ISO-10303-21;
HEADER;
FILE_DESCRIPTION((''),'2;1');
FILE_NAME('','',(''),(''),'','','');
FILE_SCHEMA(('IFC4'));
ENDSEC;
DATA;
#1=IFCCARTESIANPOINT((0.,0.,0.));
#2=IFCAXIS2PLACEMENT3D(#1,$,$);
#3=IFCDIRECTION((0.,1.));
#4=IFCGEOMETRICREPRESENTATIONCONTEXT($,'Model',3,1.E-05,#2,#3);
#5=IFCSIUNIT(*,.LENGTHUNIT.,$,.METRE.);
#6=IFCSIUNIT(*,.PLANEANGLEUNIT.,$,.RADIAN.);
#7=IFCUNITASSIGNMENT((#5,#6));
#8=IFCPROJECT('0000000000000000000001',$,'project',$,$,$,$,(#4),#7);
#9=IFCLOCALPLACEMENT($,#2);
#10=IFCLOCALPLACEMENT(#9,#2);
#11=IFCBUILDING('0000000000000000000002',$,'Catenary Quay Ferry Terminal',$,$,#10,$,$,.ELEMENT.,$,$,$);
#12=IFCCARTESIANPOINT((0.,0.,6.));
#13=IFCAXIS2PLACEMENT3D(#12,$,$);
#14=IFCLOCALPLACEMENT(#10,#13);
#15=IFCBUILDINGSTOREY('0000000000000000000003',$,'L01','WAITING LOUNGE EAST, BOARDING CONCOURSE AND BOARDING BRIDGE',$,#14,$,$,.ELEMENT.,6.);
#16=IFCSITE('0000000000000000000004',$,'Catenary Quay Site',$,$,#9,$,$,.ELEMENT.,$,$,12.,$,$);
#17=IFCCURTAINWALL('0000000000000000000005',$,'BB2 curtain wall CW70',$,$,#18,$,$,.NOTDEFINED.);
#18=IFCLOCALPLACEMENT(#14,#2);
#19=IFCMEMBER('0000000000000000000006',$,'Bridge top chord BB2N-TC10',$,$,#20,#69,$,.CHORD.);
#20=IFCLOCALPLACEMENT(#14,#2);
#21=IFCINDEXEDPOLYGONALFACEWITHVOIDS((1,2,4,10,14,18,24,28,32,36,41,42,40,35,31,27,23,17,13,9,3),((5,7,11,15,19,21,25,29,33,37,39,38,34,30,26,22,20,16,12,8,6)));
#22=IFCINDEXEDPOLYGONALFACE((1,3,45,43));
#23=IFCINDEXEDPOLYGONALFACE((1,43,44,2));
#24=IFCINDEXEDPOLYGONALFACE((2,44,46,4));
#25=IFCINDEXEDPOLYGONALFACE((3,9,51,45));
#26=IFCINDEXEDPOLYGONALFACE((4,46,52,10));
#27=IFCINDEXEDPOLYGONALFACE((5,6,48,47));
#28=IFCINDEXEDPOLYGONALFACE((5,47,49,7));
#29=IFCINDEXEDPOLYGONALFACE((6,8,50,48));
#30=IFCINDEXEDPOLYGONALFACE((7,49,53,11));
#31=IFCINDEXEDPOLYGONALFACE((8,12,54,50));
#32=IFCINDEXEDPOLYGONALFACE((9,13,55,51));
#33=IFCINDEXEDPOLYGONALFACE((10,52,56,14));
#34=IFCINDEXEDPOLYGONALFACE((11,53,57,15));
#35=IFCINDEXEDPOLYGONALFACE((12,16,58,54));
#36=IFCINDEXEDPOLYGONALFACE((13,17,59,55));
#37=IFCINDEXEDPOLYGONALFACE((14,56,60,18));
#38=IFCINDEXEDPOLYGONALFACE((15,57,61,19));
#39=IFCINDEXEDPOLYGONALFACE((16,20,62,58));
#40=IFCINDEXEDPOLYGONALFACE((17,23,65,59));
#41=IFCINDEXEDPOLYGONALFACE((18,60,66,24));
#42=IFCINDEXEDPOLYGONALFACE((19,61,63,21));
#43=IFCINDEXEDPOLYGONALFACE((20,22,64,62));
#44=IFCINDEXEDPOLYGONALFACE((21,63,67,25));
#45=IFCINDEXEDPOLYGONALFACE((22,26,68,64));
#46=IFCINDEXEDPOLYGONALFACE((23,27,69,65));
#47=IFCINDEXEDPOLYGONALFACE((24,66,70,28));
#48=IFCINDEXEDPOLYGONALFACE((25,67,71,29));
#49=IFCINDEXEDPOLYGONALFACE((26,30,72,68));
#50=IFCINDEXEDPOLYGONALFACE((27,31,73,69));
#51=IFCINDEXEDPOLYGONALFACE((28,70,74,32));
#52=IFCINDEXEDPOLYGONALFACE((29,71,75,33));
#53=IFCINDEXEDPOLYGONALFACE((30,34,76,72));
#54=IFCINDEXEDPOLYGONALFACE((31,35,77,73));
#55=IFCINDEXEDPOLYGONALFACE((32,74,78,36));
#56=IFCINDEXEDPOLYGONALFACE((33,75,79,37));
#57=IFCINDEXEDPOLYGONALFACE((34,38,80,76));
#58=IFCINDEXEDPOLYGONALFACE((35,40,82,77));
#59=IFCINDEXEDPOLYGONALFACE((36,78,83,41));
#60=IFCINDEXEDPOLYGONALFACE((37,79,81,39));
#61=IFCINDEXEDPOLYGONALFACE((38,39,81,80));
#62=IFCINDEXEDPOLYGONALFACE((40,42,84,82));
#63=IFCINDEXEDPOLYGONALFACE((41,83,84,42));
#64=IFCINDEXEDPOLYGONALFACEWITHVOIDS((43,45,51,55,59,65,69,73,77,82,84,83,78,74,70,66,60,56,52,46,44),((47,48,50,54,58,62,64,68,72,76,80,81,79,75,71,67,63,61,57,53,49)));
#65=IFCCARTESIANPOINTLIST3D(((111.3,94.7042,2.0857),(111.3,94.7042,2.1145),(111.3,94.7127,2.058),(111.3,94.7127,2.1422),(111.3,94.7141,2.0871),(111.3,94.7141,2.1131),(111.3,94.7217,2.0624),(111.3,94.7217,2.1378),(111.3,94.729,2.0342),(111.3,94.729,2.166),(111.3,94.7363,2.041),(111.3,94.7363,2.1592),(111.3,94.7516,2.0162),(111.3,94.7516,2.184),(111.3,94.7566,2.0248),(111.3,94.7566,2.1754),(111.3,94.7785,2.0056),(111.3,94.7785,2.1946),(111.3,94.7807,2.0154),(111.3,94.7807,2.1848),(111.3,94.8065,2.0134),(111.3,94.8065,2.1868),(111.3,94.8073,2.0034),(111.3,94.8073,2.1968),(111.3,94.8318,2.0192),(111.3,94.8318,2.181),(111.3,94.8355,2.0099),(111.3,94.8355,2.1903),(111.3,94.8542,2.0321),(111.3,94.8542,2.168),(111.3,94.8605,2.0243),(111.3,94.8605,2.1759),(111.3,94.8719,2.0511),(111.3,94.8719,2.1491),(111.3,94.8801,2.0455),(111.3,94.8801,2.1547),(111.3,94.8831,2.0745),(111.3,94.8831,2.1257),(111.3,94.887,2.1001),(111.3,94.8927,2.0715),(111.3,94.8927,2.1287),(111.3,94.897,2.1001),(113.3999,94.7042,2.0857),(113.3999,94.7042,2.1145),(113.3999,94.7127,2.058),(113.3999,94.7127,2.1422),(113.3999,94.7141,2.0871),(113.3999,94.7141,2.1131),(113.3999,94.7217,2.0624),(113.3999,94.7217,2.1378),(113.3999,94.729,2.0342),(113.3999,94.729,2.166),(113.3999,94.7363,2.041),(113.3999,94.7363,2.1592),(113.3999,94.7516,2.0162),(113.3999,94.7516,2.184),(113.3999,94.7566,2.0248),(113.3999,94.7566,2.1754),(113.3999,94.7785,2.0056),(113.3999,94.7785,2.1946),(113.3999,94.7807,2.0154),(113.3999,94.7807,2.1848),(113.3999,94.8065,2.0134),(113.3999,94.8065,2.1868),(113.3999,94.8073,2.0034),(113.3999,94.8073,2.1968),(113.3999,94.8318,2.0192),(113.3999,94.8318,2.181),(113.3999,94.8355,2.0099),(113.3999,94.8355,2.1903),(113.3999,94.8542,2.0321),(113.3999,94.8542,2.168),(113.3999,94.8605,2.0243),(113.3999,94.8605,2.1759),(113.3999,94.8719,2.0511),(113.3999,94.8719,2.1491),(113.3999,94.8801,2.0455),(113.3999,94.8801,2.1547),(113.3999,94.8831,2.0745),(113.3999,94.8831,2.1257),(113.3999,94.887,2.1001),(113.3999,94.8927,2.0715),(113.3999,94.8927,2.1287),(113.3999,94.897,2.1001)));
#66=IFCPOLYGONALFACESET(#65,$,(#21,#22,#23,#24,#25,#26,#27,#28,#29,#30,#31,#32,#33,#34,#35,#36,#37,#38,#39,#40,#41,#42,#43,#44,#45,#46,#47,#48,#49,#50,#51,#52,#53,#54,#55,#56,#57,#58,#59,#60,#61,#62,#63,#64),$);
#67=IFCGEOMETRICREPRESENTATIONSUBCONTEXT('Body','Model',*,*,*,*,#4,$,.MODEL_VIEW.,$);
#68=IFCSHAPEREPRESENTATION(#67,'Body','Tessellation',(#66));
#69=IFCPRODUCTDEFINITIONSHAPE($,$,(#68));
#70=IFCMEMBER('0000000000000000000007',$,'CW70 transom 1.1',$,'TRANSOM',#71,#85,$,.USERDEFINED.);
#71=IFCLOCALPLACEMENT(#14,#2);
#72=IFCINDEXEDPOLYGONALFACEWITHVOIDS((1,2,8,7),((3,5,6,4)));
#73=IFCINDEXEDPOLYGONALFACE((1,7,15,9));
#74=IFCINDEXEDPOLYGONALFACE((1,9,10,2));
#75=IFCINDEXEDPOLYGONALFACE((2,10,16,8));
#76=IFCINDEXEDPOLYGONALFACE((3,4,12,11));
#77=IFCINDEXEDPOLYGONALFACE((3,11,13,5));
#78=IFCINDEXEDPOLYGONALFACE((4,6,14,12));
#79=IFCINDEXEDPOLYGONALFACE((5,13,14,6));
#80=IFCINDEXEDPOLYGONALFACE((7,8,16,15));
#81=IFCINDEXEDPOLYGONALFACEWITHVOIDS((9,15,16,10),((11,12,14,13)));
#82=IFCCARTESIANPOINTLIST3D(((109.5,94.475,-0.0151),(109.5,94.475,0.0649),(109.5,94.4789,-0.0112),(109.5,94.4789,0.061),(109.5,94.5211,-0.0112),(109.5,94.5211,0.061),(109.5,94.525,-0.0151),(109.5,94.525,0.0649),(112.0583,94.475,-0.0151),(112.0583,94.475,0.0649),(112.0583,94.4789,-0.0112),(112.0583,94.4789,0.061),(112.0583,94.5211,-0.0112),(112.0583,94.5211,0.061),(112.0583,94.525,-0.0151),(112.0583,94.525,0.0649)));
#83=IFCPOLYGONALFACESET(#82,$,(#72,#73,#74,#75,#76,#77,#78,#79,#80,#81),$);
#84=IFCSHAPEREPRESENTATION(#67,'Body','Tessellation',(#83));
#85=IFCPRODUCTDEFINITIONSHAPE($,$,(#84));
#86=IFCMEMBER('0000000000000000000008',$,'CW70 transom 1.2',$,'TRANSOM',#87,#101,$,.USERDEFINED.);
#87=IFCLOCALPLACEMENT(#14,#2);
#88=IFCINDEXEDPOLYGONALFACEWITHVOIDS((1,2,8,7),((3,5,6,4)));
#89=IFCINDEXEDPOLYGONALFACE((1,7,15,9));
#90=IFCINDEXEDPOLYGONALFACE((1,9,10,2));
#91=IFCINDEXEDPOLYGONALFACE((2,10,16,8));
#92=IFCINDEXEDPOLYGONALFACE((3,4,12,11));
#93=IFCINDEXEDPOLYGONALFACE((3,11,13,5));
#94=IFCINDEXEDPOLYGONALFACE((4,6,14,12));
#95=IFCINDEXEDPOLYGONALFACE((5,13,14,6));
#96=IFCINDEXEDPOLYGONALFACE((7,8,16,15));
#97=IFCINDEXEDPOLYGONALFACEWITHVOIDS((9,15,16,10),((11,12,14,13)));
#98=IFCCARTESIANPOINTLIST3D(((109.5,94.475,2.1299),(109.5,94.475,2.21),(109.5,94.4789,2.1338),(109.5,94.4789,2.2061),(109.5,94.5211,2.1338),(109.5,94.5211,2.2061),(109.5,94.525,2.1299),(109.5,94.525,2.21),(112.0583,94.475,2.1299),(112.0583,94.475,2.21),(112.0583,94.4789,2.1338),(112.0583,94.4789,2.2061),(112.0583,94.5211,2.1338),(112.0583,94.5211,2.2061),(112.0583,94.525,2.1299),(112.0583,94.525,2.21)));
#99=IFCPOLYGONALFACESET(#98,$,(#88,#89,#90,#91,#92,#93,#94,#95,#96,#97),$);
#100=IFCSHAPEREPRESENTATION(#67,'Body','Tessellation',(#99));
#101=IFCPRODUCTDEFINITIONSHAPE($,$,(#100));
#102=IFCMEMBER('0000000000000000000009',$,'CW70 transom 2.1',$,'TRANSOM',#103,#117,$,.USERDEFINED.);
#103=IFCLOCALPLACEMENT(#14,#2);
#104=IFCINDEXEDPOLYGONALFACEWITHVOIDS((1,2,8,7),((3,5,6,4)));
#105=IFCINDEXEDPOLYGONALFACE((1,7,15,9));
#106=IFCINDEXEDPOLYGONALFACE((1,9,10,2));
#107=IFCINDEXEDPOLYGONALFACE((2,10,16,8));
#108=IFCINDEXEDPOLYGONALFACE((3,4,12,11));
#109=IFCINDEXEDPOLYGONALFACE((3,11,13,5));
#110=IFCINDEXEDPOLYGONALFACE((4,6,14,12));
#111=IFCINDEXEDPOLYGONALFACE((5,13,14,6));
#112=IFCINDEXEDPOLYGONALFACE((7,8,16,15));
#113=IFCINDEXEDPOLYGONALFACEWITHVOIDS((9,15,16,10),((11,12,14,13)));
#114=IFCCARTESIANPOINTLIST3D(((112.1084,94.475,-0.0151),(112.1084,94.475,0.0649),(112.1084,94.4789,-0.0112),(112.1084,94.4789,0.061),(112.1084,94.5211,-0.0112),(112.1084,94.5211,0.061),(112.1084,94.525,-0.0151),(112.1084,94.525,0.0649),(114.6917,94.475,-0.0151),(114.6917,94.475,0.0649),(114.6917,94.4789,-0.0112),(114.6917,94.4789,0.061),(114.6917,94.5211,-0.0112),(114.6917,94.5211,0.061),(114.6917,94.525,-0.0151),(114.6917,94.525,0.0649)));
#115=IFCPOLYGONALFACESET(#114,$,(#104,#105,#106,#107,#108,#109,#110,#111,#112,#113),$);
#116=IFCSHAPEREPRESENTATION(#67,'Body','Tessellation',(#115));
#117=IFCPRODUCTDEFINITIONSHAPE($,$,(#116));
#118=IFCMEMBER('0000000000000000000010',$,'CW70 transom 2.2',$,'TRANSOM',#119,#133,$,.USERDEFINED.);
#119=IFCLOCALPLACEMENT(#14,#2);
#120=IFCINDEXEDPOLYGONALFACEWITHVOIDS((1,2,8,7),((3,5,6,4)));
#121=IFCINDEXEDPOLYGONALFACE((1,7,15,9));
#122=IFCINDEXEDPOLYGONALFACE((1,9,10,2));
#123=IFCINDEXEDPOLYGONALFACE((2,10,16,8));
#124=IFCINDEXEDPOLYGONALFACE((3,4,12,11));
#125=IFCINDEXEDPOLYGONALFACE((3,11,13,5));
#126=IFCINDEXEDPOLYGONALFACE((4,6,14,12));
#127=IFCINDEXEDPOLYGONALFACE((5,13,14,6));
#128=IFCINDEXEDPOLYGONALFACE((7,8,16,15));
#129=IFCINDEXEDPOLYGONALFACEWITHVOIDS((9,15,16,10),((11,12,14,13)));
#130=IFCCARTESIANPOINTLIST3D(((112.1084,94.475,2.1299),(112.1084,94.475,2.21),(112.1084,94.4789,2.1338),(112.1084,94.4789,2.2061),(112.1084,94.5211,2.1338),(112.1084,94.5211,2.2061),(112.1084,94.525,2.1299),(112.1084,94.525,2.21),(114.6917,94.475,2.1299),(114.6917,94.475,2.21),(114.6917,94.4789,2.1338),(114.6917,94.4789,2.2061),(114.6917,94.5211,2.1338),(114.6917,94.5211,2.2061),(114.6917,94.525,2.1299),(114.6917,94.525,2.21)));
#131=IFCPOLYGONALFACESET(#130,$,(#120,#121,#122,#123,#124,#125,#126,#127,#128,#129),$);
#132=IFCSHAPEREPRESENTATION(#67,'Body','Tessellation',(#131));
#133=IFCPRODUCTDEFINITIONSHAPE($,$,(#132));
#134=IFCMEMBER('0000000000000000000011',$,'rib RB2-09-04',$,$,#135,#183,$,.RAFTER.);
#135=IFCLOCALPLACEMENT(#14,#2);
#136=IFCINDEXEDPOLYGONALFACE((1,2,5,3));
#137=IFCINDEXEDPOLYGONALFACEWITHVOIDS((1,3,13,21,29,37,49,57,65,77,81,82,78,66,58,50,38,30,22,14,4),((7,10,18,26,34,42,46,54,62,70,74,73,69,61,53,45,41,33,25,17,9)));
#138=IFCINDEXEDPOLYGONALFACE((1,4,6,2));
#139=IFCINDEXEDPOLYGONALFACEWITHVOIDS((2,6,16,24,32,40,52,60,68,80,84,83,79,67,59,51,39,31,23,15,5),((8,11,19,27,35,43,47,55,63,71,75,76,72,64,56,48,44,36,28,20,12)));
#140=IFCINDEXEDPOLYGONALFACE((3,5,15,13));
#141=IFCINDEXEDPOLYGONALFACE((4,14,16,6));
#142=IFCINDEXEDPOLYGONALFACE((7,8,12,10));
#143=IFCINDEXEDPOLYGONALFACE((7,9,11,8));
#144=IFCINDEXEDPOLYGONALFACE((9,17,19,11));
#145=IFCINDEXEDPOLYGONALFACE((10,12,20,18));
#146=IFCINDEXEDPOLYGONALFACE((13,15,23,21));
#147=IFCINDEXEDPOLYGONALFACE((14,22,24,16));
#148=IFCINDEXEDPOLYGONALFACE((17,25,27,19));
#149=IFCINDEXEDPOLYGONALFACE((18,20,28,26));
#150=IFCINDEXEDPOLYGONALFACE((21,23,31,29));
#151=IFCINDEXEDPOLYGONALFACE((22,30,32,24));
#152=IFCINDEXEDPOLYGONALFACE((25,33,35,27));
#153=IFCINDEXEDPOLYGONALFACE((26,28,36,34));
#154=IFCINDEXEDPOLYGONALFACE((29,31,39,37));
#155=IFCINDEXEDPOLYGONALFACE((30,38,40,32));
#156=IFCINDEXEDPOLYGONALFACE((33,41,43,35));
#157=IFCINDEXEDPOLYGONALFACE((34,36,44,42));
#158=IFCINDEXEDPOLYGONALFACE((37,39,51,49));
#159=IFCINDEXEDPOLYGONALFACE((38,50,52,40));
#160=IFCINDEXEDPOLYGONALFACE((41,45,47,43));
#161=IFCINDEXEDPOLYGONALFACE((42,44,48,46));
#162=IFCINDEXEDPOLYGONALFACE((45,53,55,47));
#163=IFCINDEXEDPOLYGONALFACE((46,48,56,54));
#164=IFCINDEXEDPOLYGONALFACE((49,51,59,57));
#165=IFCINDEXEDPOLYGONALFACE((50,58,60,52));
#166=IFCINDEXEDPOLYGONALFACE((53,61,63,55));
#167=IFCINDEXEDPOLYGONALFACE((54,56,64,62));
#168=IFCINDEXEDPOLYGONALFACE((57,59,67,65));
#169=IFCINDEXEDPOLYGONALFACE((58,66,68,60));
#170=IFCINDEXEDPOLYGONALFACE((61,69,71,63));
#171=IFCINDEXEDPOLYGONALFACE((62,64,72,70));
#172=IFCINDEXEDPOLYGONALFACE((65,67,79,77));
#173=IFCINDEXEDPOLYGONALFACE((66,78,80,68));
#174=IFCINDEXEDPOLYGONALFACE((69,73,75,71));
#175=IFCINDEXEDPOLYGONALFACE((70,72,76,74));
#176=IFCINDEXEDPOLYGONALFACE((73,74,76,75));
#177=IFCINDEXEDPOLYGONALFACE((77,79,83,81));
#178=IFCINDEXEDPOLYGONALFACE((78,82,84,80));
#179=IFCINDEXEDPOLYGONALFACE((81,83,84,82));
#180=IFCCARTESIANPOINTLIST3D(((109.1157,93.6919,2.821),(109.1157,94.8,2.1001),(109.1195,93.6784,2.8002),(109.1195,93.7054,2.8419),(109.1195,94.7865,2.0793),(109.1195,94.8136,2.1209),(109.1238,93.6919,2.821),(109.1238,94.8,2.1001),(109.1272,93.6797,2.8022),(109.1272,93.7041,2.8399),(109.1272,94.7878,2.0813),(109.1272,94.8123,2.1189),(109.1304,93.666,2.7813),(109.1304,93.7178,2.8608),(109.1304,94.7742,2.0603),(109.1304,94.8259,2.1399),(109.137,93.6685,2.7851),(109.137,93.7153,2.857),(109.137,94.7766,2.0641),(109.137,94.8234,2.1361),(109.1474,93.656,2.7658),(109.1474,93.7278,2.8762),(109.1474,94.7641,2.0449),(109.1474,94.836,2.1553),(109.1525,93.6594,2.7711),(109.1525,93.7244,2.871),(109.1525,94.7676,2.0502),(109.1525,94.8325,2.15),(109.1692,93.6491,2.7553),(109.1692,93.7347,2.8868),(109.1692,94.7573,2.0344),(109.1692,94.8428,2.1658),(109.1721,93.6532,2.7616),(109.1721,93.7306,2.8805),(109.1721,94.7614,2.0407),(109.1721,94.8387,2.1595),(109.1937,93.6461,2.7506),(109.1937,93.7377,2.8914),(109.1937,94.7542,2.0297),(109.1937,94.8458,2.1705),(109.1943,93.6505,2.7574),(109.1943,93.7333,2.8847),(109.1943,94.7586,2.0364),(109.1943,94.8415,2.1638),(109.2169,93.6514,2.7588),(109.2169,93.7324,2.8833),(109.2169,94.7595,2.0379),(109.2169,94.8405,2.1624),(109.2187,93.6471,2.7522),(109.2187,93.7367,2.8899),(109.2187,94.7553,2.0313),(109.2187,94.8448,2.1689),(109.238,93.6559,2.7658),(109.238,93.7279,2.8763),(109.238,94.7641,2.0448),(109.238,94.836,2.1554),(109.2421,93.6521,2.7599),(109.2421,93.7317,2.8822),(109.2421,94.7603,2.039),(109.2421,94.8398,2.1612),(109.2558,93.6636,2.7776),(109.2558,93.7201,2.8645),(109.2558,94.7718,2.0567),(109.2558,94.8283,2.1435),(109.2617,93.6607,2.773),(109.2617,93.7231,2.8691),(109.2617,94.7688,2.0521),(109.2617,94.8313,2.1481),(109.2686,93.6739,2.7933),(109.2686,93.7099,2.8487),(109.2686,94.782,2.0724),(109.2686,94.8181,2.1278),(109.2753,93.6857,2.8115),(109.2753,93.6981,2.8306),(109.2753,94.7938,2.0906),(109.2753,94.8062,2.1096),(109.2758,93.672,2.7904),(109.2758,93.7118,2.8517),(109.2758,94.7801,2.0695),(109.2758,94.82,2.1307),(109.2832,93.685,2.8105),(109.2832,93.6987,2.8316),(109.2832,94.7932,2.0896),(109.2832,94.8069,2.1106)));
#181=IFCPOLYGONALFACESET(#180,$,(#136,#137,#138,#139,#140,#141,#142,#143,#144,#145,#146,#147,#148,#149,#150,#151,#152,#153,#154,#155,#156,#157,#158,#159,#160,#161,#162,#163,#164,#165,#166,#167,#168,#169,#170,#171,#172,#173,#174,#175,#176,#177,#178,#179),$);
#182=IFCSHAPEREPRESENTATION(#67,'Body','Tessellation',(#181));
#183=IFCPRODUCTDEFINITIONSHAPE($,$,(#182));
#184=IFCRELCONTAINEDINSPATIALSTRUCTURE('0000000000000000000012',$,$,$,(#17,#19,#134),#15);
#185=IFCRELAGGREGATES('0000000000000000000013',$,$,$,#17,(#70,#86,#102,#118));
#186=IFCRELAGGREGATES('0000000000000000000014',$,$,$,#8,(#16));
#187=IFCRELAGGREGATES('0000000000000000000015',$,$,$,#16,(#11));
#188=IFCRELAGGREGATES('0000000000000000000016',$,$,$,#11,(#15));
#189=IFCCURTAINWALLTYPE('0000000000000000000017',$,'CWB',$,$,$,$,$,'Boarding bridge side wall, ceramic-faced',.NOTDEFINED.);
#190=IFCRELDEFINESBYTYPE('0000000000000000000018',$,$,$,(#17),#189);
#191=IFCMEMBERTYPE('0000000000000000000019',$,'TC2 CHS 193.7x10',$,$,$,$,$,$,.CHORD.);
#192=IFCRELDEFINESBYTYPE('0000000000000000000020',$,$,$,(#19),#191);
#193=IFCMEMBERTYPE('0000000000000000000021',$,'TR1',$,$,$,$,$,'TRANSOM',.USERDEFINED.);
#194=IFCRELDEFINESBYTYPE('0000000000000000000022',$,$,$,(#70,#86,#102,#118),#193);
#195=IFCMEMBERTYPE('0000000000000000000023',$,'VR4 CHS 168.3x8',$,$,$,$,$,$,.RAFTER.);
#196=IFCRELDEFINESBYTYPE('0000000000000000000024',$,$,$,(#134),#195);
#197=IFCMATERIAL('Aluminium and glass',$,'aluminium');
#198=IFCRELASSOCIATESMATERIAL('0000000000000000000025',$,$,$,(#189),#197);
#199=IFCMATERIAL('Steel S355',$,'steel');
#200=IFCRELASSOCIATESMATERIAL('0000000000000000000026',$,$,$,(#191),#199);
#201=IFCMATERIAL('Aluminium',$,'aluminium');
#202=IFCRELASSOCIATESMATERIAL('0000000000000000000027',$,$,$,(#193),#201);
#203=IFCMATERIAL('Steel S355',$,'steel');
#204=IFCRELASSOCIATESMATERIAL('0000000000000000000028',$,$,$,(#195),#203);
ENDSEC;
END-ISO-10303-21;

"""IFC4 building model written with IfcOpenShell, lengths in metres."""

from ifc_helpers import new_model, si_unit, direction, frame, origin, origin_2d, place, context, subcontext, project, spatial, hollow_rectangle, hollow_circle, extrude, material, material_profile, profile_set, type_object, element, aggregate, save


model = new_model("IFC4")

# Units and contexts
model_context = context("Model", 3, precision=1e-05, world=origin(), true_north=direction((0.0, 1.0)))
body_context = subcontext(model_context, "Body", "Model", "MODEL_VIEW")
ifc_project = project(units=[si_unit("LENGTHUNIT", "METRE"), si_unit("PLANEANGLEUNIT", "RADIAN")], contexts=[model_context])

# Site, building, storey
site_placement = place(None, origin())
site = spatial("IfcSite", under=ifc_project, at=site_placement, Name="Catenary Quay Site", CompositionType="ELEMENT", RefElevation=12.0)
building_placement = place(site_placement, origin())
building = spatial("IfcBuilding", under=site, at=building_placement, Name="Catenary Quay Ferry Terminal", CompositionType="ELEMENT")
storey_placement = place(building_placement, frame((0.0, 0.0, 6.0)))
storey = spatial("IfcBuildingStorey", under=building, at=storey_placement, Name="L01", Description="WAITING LOUNGE EAST, BOARDING CONCOURSE AND BOARDING BRIDGE", CompositionType="ELEMENT", Elevation=6.0)

# Curtain wall
ifc_material_1 = material(Name="Aluminium and glass", Category="aluminium")
curtain_wall_type = type_object("IfcCurtainWallType", Name="CWB", ElementType="Boarding bridge side wall, ceramic-faced", PredefinedType="NOTDEFINED", material=ifc_material_1)
curtain_wall_placement = place(storey_placement, origin())
curtain_wall = element("IfcCurtainWall", 1, at=curtain_wall_placement, inside=storey, type_object=curtain_wall_type, Name="BB2 curtain wall CW70", PredefinedType="NOTDEFINED")

# Member
ifc_material_2 = material(Name="Steel S355", Category="steel")
ifc_material_profile_1 = material_profile(ifc_material_2, hollow_circle(Radius=0.0969, WallThickness=0.01, at=origin_2d()), Name="CHS 193.7x10")
ifc_profile_set_1 = profile_set([ifc_material_profile_1], Name="Steel S355")
member_type_1 = type_object("IfcMemberType", Name="TC2 CHS 193.7x10", PredefinedType="CHORD", material=ifc_profile_set_1)
member_1_placement = place(storey_placement, frame((111.3, 94.8, 2.1001), z_axis=(1.0, 0.0, 0.0), x_axis=(0.0, 1.0, 0.0)))
element("IfcMember", 2, at=member_1_placement, inside=storey, type_object=member_type_1, Name="Bridge top chord BB2N-TC10", PredefinedType="CHORD", context=body_context, shape_type="SweptSolid", body=[
    extrude(hollow_circle(Radius=0.0969, WallThickness=0.01, at=origin_2d()), origin(), (0.0, 0.0, 1.0), 2.0999),
])

# Members
ifc_material_3 = material(Name="Aluminium", Category="aluminium")
ifc_material_profile_2 = material_profile(ifc_material_3, hollow_rectangle(XDim=0.05, YDim=0.0801, WallThickness=0.0039, at=origin_2d()), Name="TR1")
ifc_profile_set_2 = profile_set([ifc_material_profile_2], Name="Aluminium")
member_type_2 = type_object("IfcMemberType", Name="TR1", ElementType="TRANSOM", PredefinedType="USERDEFINED", material=ifc_profile_set_2)
member_2_placement = place(storey_placement, frame((109.5, 94.5, 0.0249), z_axis=(1.0, 0.0, 0.0), x_axis=(0.0, 1.0, 0.0)))
member_2 = element("IfcMember", 3, at=member_2_placement, type_object=member_type_2, Name="CW70 transom 1.1", ObjectType="TRANSOM", PredefinedType="USERDEFINED", context=body_context, shape_type="SweptSolid", body=[
    extrude(hollow_rectangle(XDim=0.05, YDim=0.0801, WallThickness=0.0039, at=origin_2d()), origin(), (0.0, 0.0, 1.0), 2.5583),
])
member_3_placement = place(storey_placement, frame((109.5, 94.5, 2.1699), z_axis=(1.0, 0.0, 0.0), x_axis=(0.0, 1.0, 0.0)))
member_3 = element("IfcMember", 4, at=member_3_placement, type_object=member_type_2, Name="CW70 transom 1.2", ObjectType="TRANSOM", PredefinedType="USERDEFINED", context=body_context, shape_type="SweptSolid", body=[
    extrude(hollow_rectangle(XDim=0.05, YDim=0.0801, WallThickness=0.0039, at=origin_2d()), origin(), (0.0, 0.0, 1.0), 2.5583),
])
member_4_placement = place(storey_placement, frame((112.1084, 94.5, 0.0249), z_axis=(1.0, 0.0, 0.0), x_axis=(0.0, 1.0, 0.0)))
member_4 = element("IfcMember", 5, at=member_4_placement, type_object=member_type_2, Name="CW70 transom 2.1", ObjectType="TRANSOM", PredefinedType="USERDEFINED", context=body_context, shape_type="SweptSolid", body=[
    extrude(hollow_rectangle(XDim=0.05, YDim=0.0801, WallThickness=0.0039, at=origin_2d()), origin(), (0.0, 0.0, 1.0), 2.5833),
])
member_5_placement = place(storey_placement, frame((112.1084, 94.5, 2.1699), z_axis=(1.0, 0.0, 0.0), x_axis=(0.0, 1.0, 0.0)))
member_5 = element("IfcMember", 6, at=member_5_placement, type_object=member_type_2, Name="CW70 transom 2.2", ObjectType="TRANSOM", PredefinedType="USERDEFINED", context=body_context, shape_type="SweptSolid", body=[
    extrude(hollow_rectangle(XDim=0.05, YDim=0.0801, WallThickness=0.0039, at=origin_2d()), origin(), (0.0, 0.0, 1.0), 2.5833),
])

# Member
ifc_material_4 = material(Name="Steel S355", Category="steel")
ifc_material_profile_3 = material_profile(ifc_material_4, hollow_circle(Radius=0.0842, WallThickness=0.0081, at=origin_2d()), Name="CHS 168.3x8")
ifc_profile_set_3 = profile_set([ifc_material_profile_3], Name="Steel S355")
member_type_3 = type_object("IfcMemberType", Name="VR4 CHS 168.3x8", PredefinedType="RAFTER", material=ifc_profile_set_3)
member_6_placement = place(storey_placement, frame((109.2, 93.6919, 2.821), z_axis=(0.0, 0.83822, -0.545332), x_axis=(-1.0, 0.0, 0.0)))
element("IfcMember", 7, at=member_6_placement, inside=storey, type_object=member_type_3, Name="rib RB2-09-04", PredefinedType="RAFTER", context=body_context, shape_type="SweptSolid", body=[
    extrude(hollow_circle(Radius=0.0842, WallThickness=0.0081, at=origin_2d()), origin(), (0.0, 0.0, 1.0), 1.322),
])

aggregate(curtain_wall, [member_2, member_3, member_4, member_5])

save(model, "model.ifc")
